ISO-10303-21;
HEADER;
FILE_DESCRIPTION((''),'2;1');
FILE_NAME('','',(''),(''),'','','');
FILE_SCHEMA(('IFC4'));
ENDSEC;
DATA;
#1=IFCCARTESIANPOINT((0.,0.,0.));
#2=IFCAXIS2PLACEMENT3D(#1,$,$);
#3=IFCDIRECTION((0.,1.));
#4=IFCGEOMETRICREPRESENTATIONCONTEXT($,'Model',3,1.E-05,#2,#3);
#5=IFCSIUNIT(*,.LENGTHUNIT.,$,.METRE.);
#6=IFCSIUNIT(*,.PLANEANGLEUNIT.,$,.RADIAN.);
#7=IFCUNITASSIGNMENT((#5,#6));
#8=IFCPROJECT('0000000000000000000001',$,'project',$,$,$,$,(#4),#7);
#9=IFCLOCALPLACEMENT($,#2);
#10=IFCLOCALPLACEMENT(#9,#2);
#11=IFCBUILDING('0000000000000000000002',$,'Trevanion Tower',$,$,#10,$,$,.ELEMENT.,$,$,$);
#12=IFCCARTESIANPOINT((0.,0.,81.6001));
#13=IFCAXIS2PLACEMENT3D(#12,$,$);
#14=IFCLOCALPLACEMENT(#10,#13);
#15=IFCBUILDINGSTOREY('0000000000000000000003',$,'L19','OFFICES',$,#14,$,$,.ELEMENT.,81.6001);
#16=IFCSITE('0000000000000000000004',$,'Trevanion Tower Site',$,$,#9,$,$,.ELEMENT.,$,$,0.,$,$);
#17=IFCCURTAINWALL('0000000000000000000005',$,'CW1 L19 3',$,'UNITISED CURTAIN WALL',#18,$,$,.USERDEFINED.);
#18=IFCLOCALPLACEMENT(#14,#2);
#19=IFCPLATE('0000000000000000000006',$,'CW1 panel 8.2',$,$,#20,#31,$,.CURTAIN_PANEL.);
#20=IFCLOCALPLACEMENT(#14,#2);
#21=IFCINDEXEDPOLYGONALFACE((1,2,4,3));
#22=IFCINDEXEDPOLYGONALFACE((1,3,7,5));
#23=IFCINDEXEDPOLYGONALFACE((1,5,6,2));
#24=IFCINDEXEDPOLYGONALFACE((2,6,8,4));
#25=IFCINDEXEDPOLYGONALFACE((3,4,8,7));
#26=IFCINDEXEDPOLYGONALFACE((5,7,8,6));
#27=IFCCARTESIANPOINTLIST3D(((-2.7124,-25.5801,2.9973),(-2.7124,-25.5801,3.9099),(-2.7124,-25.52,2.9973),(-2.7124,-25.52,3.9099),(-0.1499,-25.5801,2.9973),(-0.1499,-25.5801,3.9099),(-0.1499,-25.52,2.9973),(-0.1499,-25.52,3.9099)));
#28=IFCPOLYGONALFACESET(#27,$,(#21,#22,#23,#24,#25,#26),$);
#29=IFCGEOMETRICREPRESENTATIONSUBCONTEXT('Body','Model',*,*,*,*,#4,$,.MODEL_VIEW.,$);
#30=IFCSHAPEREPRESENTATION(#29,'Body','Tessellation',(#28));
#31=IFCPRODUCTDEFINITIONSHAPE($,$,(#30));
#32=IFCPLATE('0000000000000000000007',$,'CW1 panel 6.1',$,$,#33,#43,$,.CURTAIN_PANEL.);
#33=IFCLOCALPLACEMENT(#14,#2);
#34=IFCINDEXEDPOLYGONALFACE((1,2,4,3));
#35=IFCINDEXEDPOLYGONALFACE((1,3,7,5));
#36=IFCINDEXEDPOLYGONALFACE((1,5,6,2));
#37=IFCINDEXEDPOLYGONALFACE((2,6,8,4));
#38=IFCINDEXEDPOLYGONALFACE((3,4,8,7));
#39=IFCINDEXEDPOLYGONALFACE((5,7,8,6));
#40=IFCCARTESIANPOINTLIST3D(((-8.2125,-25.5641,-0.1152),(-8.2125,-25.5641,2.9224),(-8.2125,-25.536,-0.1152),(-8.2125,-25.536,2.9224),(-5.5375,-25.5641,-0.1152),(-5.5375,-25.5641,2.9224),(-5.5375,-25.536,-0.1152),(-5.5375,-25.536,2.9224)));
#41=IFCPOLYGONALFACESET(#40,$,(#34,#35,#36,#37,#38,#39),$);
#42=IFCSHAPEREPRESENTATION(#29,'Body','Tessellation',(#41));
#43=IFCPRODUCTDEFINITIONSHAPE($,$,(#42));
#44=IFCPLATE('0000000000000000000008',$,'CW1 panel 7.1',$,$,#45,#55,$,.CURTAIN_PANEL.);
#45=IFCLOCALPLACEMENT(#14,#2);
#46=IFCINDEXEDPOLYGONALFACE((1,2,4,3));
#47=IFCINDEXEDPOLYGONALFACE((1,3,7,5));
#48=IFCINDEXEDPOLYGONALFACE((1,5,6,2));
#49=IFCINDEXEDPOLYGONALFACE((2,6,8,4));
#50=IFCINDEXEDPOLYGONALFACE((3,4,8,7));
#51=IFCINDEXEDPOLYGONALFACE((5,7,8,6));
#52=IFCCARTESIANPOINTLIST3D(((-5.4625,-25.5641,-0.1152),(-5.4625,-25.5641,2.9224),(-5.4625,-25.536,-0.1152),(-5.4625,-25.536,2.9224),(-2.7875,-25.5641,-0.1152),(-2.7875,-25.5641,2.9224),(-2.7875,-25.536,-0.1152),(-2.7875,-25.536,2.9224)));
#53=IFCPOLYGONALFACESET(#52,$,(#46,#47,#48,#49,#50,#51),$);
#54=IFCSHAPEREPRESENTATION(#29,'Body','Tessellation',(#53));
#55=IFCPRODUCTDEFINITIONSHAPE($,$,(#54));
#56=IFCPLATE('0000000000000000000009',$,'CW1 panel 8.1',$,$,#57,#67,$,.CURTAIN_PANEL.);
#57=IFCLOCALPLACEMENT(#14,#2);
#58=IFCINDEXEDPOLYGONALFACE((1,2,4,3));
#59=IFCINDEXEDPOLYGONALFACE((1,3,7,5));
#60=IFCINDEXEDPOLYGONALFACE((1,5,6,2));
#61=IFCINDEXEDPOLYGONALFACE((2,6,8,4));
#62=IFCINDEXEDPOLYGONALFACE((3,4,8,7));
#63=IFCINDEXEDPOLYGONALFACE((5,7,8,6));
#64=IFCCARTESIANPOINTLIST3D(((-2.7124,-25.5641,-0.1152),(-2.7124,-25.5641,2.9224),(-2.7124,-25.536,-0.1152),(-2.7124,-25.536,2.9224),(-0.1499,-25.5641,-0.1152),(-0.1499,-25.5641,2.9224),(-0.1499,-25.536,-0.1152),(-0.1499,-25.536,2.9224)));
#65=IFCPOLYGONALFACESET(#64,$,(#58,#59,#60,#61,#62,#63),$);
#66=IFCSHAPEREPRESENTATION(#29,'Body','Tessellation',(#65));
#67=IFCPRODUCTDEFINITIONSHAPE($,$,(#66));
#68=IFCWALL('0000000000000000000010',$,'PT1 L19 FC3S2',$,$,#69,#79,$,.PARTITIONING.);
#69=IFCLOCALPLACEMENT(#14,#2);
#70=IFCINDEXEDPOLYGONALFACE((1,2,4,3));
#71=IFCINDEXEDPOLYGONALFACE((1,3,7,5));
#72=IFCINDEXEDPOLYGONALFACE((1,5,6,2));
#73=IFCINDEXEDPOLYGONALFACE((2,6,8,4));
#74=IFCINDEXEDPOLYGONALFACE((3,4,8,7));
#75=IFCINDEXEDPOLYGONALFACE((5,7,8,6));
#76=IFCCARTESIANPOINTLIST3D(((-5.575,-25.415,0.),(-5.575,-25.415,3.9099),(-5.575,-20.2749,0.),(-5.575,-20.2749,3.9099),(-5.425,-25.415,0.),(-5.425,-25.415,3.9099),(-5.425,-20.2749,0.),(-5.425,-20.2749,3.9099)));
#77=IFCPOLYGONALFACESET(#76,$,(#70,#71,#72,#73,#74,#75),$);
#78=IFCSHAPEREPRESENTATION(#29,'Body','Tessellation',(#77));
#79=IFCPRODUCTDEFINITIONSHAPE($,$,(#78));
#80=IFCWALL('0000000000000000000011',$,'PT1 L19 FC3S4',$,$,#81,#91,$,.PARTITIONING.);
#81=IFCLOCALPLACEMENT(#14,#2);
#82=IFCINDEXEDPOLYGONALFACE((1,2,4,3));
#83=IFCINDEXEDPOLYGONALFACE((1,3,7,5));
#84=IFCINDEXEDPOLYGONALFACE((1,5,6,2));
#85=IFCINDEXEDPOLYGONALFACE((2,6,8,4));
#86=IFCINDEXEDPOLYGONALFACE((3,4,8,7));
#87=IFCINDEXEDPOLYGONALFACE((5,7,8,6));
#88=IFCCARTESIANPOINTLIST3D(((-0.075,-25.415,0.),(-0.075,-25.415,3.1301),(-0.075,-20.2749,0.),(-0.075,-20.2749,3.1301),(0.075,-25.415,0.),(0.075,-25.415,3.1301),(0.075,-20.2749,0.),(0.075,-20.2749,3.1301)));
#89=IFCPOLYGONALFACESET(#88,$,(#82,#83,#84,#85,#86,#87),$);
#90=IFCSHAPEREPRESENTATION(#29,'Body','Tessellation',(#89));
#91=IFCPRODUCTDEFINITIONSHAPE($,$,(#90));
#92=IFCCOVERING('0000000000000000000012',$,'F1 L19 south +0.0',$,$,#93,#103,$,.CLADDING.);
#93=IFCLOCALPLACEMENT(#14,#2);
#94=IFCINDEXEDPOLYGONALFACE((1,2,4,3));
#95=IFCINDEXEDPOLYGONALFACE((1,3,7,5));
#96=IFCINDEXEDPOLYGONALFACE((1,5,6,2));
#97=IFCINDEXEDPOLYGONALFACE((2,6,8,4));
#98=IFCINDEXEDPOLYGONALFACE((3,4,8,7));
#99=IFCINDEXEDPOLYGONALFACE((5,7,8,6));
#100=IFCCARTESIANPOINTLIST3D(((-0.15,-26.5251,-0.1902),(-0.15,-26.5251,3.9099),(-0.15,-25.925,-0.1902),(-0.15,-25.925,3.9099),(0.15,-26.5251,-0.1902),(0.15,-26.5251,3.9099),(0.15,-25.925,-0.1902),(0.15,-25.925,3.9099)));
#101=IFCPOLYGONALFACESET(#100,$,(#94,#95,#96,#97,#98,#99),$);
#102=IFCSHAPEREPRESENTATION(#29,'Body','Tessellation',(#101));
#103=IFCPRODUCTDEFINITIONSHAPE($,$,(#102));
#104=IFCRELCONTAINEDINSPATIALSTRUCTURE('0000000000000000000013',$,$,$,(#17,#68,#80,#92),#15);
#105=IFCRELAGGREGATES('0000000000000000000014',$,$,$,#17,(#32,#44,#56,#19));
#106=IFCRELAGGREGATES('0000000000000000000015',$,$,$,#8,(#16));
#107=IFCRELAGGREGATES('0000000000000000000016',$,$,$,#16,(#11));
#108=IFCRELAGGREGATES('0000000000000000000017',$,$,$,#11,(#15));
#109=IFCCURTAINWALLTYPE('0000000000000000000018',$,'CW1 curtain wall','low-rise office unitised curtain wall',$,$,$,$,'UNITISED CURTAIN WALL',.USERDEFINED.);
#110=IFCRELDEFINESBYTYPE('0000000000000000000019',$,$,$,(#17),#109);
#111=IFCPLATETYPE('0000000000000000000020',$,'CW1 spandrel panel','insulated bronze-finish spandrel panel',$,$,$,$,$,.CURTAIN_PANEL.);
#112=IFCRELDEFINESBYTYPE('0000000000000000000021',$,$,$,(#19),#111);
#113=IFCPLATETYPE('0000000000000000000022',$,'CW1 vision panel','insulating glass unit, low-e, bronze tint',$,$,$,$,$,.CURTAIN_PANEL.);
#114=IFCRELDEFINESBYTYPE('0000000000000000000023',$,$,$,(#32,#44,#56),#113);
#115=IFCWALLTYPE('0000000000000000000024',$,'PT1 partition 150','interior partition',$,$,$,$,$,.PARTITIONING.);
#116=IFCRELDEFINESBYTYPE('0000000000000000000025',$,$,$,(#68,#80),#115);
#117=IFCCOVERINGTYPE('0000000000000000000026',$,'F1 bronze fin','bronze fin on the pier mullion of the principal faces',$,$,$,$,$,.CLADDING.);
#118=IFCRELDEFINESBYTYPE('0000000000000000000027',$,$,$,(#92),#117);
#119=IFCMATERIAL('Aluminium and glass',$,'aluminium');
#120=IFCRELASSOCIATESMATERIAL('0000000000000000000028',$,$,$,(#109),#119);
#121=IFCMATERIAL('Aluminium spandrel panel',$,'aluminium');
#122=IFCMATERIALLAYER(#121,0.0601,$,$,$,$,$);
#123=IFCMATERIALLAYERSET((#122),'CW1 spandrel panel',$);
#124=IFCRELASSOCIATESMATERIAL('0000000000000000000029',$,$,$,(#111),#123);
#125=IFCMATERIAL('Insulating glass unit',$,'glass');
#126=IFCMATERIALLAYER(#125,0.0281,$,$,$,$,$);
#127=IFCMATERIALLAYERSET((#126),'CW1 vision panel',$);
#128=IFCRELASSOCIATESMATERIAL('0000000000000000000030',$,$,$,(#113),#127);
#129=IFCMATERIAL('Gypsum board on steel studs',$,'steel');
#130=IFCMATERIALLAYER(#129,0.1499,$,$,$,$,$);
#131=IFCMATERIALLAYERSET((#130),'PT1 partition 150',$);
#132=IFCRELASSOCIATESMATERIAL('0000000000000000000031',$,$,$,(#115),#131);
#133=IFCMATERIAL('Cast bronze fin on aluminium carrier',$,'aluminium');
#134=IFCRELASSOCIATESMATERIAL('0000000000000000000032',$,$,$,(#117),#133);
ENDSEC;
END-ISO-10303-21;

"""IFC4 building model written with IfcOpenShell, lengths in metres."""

from ifc_helpers import new_model, si_unit, direction, frame, frame_2d, origin, origin_2d, place, context, subcontext, project, spatial, rectangle, extrude, material, layer, layer_set, type_object, element, aggregate, save


model = new_model("IFC4")

# Units and contexts
model_context = context("Model", 3, precision=1e-05, world=origin(), true_north=direction((0.0, 1.0)))
body_context = subcontext(model_context, "Body", "Model", "MODEL_VIEW")
ifc_project = project(units=[si_unit("LENGTHUNIT", "METRE"), si_unit("PLANEANGLEUNIT", "RADIAN")], contexts=[model_context])

# Site, building, storey
site_placement = place(None, origin())
site = spatial("IfcSite", under=ifc_project, at=site_placement, Name="Trevanion Tower Site", CompositionType="ELEMENT", RefElevation=0.0)
building_placement = place(site_placement, origin())
building = spatial("IfcBuilding", under=site, at=building_placement, Name="Trevanion Tower", CompositionType="ELEMENT")
storey_placement = place(building_placement, frame((0.0, 0.0, 81.6001)))
storey = spatial("IfcBuildingStorey", under=building, at=storey_placement, Name="L19", Description="OFFICES", CompositionType="ELEMENT", Elevation=81.6001)

# Curtain wall
ifc_material_1 = material(Name="Aluminium and glass", Category="aluminium")
curtain_wall_type = type_object("IfcCurtainWallType", Name="CW1 curtain wall", Description="low-rise office unitised curtain wall", ElementType="UNITISED CURTAIN WALL", PredefinedType="USERDEFINED", material=ifc_material_1)
curtain_wall_placement = place(storey_placement, origin())
curtain_wall = element("IfcCurtainWall", 1, at=curtain_wall_placement, inside=storey, type_object=curtain_wall_type, Name="CW1 L19 3", ObjectType="UNITISED CURTAIN WALL", PredefinedType="USERDEFINED")

# Plates
ifc_material_2 = material(Name="Aluminium spandrel panel", Category="aluminium")
ifc_layer_1 = layer(ifc_material_2, 0.0601)
ifc_layer_set_1 = layer_set([ifc_layer_1], Name="CW1 spandrel panel")
plate_type_1 = type_object("IfcPlateType", Name="CW1 spandrel panel", Description="insulated bronze-finish spandrel panel", PredefinedType="CURTAIN_PANEL", material=ifc_layer_set_1)
plate_1_placement = place(storey_placement, frame((-1.4312, -25.55, 2.9973), z_axis=(0.0, 0.0, 1.0), x_axis=(1.0, 0.0, 0.0)))
plate_1 = element("IfcPlate", 2, at=plate_1_placement, type_object=plate_type_1, Name="CW1 panel 8.2", PredefinedType="CURTAIN_PANEL", context=body_context, shape_type="SweptSolid", body=[
    extrude(rectangle(XDim=2.5625, YDim=0.0601, at=origin_2d()), origin(), (0.0, 0.0, 1.0), 0.9126),
])
ifc_material_3 = material(Name="Insulating glass unit", Category="glass")
ifc_layer_2 = layer(ifc_material_3, 0.0281)
ifc_layer_set_2 = layer_set([ifc_layer_2], Name="CW1 vision panel")
plate_type_2 = type_object("IfcPlateType", Name="CW1 vision panel", Description="insulating glass unit, low-e, bronze tint", PredefinedType="CURTAIN_PANEL", material=ifc_layer_set_2)
plate_2_placement = place(storey_placement, frame((-6.875, -25.55, -0.1152), z_axis=(0.0, 0.0, 1.0), x_axis=(1.0, 0.0, 0.0)))
plate_2 = element("IfcPlate", 3, at=plate_2_placement, type_object=plate_type_2, Name="CW1 panel 6.1", PredefinedType="CURTAIN_PANEL", context=body_context, shape_type="SweptSolid", body=[
    extrude(rectangle(XDim=2.675, YDim=0.0281, at=origin_2d()), origin(), (0.0, 0.0, 1.0), 3.0376),
])
plate_3_placement = place(storey_placement, frame((-4.125, -25.55, -0.1152), z_axis=(0.0, 0.0, 1.0), x_axis=(1.0, 0.0, 0.0)))
plate_3 = element("IfcPlate", 4, at=plate_3_placement, type_object=plate_type_2, Name="CW1 panel 7.1", PredefinedType="CURTAIN_PANEL", context=body_context, shape_type="SweptSolid", body=[
    extrude(rectangle(XDim=2.675, YDim=0.0281, at=origin_2d()), origin(), (0.0, 0.0, 1.0), 3.0376),
])
plate_4_placement = place(storey_placement, frame((-1.4312, -25.55, -0.1152), z_axis=(0.0, 0.0, 1.0), x_axis=(1.0, 0.0, 0.0)))
plate_4 = element("IfcPlate", 5, at=plate_4_placement, type_object=plate_type_2, Name="CW1 panel 8.1", PredefinedType="CURTAIN_PANEL", context=body_context, shape_type="SweptSolid", body=[
    extrude(rectangle(XDim=2.5625, YDim=0.0281, at=origin_2d()), origin(), (0.0, 0.0, 1.0), 3.0376),
])
aggregate(curtain_wall, [plate_2, plate_3, plate_4, plate_1])

# Walls
ifc_material_4 = material(Name="Gypsum board on steel studs", Category="steel")
ifc_layer_3 = layer(ifc_material_4, 0.1499)
ifc_layer_set_3 = layer_set([ifc_layer_3], Name="PT1 partition 150")
wall_type = type_object("IfcWallType", Name="PT1 partition 150", Description="interior partition", PredefinedType="PARTITIONING", material=ifc_layer_set_3)
wall_1_placement = place(storey_placement, frame((-5.5, -20.2749, 0.0), z_axis=(0.0, 0.0, 1.0), x_axis=(0.0, -1.0, 0.0)))
element("IfcWall", 6, at=wall_1_placement, inside=storey, type_object=wall_type, Name="PT1 L19 FC3S2", PredefinedType="PARTITIONING", context=body_context, shape_type="SweptSolid", body=[
    extrude(rectangle(XDim=5.1401, YDim=0.1499, at=frame_2d((2.5701, 0.0))), origin(), (0.0, 0.0, 1.0), 3.9099),
])
wall_2_placement = place(storey_placement, frame((0.0, -20.2749, 0.0), z_axis=(0.0, 0.0, 1.0), x_axis=(0.0, -1.0, 0.0)))
element("IfcWall", 7, at=wall_2_placement, inside=storey, type_object=wall_type, Name="PT1 L19 FC3S4", PredefinedType="PARTITIONING", context=body_context, shape_type="SweptSolid", body=[
    extrude(rectangle(XDim=5.1401, YDim=0.1499, at=frame_2d((2.5701, 0.0))), origin(), (0.0, 0.0, 1.0), 3.1301),
])

# Covering
ifc_material_5 = material(Name="Cast bronze fin on aluminium carrier", Category="aluminium")
covering_type = type_object("IfcCoveringType", Name="F1 bronze fin", Description="bronze fin on the pier mullion of the principal faces", PredefinedType="CLADDING", material=ifc_material_5)
covering_placement = place(storey_placement, frame((0.0, -26.2251, -0.1902), z_axis=(0.0, 0.0, 1.0), x_axis=(1.0, 0.0, 0.0)))
element("IfcCovering", 8, at=covering_placement, inside=storey, type_object=covering_type, Name="F1 L19 south +0.0", PredefinedType="CLADDING", context=body_context, shape_type="SweptSolid", body=[
    extrude(rectangle(XDim=0.3, YDim=0.6001, at=origin_2d()), origin(), (0.0, 0.0, 1.0), 4.1001),
])

save(model, "model.ifc")
